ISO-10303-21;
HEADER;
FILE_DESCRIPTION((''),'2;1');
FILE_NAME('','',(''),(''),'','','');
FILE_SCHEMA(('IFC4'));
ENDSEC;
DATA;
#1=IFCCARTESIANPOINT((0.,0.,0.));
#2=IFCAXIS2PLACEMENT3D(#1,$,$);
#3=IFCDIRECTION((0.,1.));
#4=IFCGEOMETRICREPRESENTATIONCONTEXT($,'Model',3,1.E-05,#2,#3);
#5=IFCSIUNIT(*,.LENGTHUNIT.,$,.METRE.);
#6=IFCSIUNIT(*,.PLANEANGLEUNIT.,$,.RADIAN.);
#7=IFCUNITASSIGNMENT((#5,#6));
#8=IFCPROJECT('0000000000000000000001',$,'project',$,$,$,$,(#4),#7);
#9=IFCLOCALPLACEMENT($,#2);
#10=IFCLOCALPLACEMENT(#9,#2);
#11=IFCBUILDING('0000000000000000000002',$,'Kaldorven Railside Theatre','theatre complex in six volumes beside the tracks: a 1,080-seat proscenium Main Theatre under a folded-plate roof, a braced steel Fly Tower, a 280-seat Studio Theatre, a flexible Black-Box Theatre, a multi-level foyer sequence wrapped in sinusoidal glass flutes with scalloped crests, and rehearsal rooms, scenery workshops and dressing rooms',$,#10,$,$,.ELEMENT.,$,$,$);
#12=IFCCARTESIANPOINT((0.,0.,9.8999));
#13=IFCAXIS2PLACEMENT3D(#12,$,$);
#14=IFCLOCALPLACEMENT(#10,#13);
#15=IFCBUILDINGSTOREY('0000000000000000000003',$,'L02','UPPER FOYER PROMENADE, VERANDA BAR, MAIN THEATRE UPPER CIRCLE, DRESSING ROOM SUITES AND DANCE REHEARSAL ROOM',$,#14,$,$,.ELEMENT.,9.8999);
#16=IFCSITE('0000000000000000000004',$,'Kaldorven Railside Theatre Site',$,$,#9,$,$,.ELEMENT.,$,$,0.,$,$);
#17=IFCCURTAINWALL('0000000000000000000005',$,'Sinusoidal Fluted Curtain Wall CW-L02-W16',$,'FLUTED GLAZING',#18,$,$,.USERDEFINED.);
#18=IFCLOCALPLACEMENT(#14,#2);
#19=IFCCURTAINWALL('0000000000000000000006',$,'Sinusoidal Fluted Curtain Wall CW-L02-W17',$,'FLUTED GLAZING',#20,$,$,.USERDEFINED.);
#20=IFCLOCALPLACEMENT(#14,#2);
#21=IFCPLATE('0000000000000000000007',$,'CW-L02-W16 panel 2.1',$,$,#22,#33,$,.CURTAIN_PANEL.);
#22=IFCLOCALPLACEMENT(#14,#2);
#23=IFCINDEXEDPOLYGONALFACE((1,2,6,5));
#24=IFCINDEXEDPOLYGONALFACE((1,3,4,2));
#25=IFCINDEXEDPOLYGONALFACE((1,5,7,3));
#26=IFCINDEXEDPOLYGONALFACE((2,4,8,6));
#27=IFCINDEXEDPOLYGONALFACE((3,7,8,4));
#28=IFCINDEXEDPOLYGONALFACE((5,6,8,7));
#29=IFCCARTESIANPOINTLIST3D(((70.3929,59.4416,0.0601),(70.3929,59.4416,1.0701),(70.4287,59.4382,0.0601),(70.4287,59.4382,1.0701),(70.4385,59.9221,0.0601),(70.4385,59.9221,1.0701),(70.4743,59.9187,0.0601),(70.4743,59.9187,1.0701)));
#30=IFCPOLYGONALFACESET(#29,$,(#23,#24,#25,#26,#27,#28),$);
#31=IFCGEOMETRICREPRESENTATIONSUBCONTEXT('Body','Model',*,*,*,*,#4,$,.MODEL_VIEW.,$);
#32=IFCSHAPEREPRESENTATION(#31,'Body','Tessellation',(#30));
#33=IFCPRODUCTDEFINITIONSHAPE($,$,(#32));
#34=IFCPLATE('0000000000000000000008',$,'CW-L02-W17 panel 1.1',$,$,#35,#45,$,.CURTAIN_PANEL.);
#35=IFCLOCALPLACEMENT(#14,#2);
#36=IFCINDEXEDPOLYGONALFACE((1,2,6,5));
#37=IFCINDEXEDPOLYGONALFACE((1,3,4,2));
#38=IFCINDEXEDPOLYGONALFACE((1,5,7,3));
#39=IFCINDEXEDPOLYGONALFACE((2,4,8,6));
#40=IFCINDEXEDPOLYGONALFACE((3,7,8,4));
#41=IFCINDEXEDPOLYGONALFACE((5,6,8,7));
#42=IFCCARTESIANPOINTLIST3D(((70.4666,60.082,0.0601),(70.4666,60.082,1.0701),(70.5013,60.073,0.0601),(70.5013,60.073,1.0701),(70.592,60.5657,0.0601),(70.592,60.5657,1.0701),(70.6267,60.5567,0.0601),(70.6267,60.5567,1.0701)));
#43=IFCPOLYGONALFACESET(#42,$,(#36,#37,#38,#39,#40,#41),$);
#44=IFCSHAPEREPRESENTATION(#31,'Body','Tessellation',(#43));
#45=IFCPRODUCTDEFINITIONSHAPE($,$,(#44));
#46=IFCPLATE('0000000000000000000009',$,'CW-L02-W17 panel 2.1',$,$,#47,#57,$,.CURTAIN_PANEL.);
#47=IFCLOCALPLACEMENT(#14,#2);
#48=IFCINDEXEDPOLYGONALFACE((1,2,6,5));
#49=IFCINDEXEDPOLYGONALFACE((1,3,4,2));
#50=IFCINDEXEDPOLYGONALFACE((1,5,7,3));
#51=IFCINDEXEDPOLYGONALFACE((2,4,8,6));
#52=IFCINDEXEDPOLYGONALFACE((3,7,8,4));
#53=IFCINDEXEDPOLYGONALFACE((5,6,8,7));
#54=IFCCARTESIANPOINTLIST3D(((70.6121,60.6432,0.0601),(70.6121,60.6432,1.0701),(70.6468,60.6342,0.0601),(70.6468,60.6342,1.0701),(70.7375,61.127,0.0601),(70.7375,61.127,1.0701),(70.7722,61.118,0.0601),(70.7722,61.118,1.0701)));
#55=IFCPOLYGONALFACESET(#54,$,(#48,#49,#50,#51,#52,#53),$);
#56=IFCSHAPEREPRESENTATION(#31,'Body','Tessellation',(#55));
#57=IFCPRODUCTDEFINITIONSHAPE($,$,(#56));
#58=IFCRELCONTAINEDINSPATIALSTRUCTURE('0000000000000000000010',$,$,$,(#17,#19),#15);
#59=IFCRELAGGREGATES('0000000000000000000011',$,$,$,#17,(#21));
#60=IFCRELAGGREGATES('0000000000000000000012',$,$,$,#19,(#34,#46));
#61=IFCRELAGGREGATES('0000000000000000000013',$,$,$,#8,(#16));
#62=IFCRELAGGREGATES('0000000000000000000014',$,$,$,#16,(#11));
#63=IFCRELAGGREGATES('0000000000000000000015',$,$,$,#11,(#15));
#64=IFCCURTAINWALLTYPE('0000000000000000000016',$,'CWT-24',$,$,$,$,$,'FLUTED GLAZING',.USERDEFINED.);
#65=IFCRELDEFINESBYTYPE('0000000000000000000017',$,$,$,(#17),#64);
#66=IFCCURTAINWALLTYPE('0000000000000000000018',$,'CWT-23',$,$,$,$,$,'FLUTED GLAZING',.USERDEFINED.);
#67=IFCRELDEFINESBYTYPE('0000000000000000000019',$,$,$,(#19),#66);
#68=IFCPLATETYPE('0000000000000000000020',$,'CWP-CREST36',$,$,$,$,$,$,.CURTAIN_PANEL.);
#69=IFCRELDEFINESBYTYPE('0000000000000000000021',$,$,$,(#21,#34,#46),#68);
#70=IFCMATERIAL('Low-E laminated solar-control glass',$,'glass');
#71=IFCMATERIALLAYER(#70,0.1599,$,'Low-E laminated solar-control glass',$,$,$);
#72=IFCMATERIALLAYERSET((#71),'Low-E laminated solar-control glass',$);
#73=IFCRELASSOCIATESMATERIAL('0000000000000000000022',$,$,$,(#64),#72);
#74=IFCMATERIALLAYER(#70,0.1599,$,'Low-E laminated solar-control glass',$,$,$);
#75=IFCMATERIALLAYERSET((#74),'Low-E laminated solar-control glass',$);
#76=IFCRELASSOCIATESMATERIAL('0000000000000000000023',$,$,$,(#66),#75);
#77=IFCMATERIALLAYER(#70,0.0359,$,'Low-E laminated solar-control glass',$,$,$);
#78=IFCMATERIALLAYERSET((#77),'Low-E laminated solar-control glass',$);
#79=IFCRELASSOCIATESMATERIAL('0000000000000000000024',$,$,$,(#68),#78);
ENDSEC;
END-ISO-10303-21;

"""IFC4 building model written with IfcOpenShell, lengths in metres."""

from ifc_helpers import new_model, si_unit, direction, frame, origin, origin_2d, place, context, subcontext, project, spatial, rectangle, extrude, material, layer, layer_set, type_object, element, aggregate, save


model = new_model("IFC4")

# Units and contexts
model_context = context("Model", 3, precision=1e-05, world=origin(), true_north=direction((0.0, 1.0)))
body_context = subcontext(model_context, "Body", "Model", "MODEL_VIEW")
ifc_project = project(units=[si_unit("LENGTHUNIT", "METRE"), si_unit("PLANEANGLEUNIT", "RADIAN")], contexts=[model_context])

# Site, building, storey
site_placement = place(None, origin())
site = spatial("IfcSite", under=ifc_project, at=site_placement, Name="Kaldorven Railside Theatre Site", CompositionType="ELEMENT", RefElevation=0.0)
building_placement = place(site_placement, origin())
building = spatial("IfcBuilding", under=site, at=building_placement, Name="Kaldorven Railside Theatre", Description="theatre complex in six volumes beside the tracks: a 1,080-seat proscenium Main Theatre under a folded-plate roof, a braced steel Fly Tower, a 280-seat Studio Theatre, a flexible Black-Box Theatre, a multi-level foyer sequence wrapped in sinusoidal glass flutes with scalloped crests, and rehearsal rooms, scenery workshops and dressing rooms", CompositionType="ELEMENT")
storey_placement = place(building_placement, frame((0.0, 0.0, 9.8999)))
storey = spatial("IfcBuildingStorey", under=building, at=storey_placement, Name="L02", Description="UPPER FOYER PROMENADE, VERANDA BAR, MAIN THEATRE UPPER CIRCLE, DRESSING ROOM SUITES AND DANCE REHEARSAL ROOM", CompositionType="ELEMENT", Elevation=9.8999)

# Shared definitions
ifc_material_1 = material(Name="Low-E laminated solar-control glass", Category="glass")
ifc_layer_1 = layer(ifc_material_1, 0.1599, Name="Low-E laminated solar-control glass")
ifc_layer_set_1 = layer_set([ifc_layer_1], Name="Low-E laminated solar-control glass")
curtain_wall_type_1 = type_object("IfcCurtainWallType", Name="CWT-24", ElementType="FLUTED GLAZING", PredefinedType="USERDEFINED", material=ifc_layer_set_1)

# Curtain walls
curtain_wall_1_placement = place(storey_placement, origin())
curtain_wall_1 = element("IfcCurtainWall", 1, at=curtain_wall_1_placement, inside=storey, type_object=curtain_wall_type_1, Name="Sinusoidal Fluted Curtain Wall CW-L02-W16", ObjectType="FLUTED GLAZING", PredefinedType="USERDEFINED")
ifc_layer_2 = layer(ifc_material_1, 0.1599, Name="Low-E laminated solar-control glass")
ifc_layer_set_2 = layer_set([ifc_layer_2], Name="Low-E laminated solar-control glass")
curtain_wall_type_2 = type_object("IfcCurtainWallType", Name="CWT-23", ElementType="FLUTED GLAZING", PredefinedType="USERDEFINED", material=ifc_layer_set_2)
curtain_wall_2_placement = place(storey_placement, origin())
curtain_wall_2 = element("IfcCurtainWall", 2, at=curtain_wall_2_placement, inside=storey, type_object=curtain_wall_type_2, Name="Sinusoidal Fluted Curtain Wall CW-L02-W17", ObjectType="FLUTED GLAZING", PredefinedType="USERDEFINED")

# Plates
ifc_layer_3 = layer(ifc_material_1, 0.0359, Name="Low-E laminated solar-control glass")
ifc_layer_set_3 = layer_set([ifc_layer_3], Name="Low-E laminated solar-control glass")
plate_type = type_object("IfcPlateType", Name="CWP-CREST36", PredefinedType="CURTAIN_PANEL", material=ifc_layer_set_3)
plate_1_placement = place(storey_placement, frame((70.4336, 59.6802, 0.0601), z_axis=(0.0, 0.0, 1.0), x_axis=(0.094492, 0.995526, 0.0)))
plate_1 = element("IfcPlate", 3, at=plate_1_placement, type_object=plate_type, Name="CW-L02-W16 panel 2.1", PredefinedType="CURTAIN_PANEL", context=body_context, shape_type="SweptSolid", body=[
    extrude(rectangle(XDim=0.4827, YDim=0.0359, at=origin_2d()), origin(), (0.0, 0.0, 1.0), 1.01),
])
aggregate(curtain_wall_1, [plate_1])
plate_2_placement = place(storey_placement, frame((70.5466, 60.3193, 0.0601), z_axis=(0.0, 0.0, 1.0), x_axis=(0.250954, 0.967999, 0.0)))
plate_2 = element("IfcPlate", 4, at=plate_2_placement, type_object=plate_type, Name="CW-L02-W17 panel 1.1", PredefinedType="CURTAIN_PANEL", context=body_context, shape_type="SweptSolid", body=[
    extrude(rectangle(XDim=0.4998, YDim=0.0359, at=origin_2d()), origin(), (0.0, 0.0, 1.0), 1.01),
])
plate_3_placement = place(storey_placement, frame((70.6921, 60.8806, 0.0601), z_axis=(0.0, 0.0, 1.0), x_axis=(0.250954, 0.967999, 0.0)))
plate_3 = element("IfcPlate", 5, at=plate_3_placement, type_object=plate_type, Name="CW-L02-W17 panel 2.1", PredefinedType="CURTAIN_PANEL", context=body_context, shape_type="SweptSolid", body=[
    extrude(rectangle(XDim=0.4998, YDim=0.0359, at=origin_2d()), origin(), (0.0, 0.0, 1.0), 1.01),
])
aggregate(curtain_wall_2, [plate_2, plate_3])

save(model, "model.ifc")
